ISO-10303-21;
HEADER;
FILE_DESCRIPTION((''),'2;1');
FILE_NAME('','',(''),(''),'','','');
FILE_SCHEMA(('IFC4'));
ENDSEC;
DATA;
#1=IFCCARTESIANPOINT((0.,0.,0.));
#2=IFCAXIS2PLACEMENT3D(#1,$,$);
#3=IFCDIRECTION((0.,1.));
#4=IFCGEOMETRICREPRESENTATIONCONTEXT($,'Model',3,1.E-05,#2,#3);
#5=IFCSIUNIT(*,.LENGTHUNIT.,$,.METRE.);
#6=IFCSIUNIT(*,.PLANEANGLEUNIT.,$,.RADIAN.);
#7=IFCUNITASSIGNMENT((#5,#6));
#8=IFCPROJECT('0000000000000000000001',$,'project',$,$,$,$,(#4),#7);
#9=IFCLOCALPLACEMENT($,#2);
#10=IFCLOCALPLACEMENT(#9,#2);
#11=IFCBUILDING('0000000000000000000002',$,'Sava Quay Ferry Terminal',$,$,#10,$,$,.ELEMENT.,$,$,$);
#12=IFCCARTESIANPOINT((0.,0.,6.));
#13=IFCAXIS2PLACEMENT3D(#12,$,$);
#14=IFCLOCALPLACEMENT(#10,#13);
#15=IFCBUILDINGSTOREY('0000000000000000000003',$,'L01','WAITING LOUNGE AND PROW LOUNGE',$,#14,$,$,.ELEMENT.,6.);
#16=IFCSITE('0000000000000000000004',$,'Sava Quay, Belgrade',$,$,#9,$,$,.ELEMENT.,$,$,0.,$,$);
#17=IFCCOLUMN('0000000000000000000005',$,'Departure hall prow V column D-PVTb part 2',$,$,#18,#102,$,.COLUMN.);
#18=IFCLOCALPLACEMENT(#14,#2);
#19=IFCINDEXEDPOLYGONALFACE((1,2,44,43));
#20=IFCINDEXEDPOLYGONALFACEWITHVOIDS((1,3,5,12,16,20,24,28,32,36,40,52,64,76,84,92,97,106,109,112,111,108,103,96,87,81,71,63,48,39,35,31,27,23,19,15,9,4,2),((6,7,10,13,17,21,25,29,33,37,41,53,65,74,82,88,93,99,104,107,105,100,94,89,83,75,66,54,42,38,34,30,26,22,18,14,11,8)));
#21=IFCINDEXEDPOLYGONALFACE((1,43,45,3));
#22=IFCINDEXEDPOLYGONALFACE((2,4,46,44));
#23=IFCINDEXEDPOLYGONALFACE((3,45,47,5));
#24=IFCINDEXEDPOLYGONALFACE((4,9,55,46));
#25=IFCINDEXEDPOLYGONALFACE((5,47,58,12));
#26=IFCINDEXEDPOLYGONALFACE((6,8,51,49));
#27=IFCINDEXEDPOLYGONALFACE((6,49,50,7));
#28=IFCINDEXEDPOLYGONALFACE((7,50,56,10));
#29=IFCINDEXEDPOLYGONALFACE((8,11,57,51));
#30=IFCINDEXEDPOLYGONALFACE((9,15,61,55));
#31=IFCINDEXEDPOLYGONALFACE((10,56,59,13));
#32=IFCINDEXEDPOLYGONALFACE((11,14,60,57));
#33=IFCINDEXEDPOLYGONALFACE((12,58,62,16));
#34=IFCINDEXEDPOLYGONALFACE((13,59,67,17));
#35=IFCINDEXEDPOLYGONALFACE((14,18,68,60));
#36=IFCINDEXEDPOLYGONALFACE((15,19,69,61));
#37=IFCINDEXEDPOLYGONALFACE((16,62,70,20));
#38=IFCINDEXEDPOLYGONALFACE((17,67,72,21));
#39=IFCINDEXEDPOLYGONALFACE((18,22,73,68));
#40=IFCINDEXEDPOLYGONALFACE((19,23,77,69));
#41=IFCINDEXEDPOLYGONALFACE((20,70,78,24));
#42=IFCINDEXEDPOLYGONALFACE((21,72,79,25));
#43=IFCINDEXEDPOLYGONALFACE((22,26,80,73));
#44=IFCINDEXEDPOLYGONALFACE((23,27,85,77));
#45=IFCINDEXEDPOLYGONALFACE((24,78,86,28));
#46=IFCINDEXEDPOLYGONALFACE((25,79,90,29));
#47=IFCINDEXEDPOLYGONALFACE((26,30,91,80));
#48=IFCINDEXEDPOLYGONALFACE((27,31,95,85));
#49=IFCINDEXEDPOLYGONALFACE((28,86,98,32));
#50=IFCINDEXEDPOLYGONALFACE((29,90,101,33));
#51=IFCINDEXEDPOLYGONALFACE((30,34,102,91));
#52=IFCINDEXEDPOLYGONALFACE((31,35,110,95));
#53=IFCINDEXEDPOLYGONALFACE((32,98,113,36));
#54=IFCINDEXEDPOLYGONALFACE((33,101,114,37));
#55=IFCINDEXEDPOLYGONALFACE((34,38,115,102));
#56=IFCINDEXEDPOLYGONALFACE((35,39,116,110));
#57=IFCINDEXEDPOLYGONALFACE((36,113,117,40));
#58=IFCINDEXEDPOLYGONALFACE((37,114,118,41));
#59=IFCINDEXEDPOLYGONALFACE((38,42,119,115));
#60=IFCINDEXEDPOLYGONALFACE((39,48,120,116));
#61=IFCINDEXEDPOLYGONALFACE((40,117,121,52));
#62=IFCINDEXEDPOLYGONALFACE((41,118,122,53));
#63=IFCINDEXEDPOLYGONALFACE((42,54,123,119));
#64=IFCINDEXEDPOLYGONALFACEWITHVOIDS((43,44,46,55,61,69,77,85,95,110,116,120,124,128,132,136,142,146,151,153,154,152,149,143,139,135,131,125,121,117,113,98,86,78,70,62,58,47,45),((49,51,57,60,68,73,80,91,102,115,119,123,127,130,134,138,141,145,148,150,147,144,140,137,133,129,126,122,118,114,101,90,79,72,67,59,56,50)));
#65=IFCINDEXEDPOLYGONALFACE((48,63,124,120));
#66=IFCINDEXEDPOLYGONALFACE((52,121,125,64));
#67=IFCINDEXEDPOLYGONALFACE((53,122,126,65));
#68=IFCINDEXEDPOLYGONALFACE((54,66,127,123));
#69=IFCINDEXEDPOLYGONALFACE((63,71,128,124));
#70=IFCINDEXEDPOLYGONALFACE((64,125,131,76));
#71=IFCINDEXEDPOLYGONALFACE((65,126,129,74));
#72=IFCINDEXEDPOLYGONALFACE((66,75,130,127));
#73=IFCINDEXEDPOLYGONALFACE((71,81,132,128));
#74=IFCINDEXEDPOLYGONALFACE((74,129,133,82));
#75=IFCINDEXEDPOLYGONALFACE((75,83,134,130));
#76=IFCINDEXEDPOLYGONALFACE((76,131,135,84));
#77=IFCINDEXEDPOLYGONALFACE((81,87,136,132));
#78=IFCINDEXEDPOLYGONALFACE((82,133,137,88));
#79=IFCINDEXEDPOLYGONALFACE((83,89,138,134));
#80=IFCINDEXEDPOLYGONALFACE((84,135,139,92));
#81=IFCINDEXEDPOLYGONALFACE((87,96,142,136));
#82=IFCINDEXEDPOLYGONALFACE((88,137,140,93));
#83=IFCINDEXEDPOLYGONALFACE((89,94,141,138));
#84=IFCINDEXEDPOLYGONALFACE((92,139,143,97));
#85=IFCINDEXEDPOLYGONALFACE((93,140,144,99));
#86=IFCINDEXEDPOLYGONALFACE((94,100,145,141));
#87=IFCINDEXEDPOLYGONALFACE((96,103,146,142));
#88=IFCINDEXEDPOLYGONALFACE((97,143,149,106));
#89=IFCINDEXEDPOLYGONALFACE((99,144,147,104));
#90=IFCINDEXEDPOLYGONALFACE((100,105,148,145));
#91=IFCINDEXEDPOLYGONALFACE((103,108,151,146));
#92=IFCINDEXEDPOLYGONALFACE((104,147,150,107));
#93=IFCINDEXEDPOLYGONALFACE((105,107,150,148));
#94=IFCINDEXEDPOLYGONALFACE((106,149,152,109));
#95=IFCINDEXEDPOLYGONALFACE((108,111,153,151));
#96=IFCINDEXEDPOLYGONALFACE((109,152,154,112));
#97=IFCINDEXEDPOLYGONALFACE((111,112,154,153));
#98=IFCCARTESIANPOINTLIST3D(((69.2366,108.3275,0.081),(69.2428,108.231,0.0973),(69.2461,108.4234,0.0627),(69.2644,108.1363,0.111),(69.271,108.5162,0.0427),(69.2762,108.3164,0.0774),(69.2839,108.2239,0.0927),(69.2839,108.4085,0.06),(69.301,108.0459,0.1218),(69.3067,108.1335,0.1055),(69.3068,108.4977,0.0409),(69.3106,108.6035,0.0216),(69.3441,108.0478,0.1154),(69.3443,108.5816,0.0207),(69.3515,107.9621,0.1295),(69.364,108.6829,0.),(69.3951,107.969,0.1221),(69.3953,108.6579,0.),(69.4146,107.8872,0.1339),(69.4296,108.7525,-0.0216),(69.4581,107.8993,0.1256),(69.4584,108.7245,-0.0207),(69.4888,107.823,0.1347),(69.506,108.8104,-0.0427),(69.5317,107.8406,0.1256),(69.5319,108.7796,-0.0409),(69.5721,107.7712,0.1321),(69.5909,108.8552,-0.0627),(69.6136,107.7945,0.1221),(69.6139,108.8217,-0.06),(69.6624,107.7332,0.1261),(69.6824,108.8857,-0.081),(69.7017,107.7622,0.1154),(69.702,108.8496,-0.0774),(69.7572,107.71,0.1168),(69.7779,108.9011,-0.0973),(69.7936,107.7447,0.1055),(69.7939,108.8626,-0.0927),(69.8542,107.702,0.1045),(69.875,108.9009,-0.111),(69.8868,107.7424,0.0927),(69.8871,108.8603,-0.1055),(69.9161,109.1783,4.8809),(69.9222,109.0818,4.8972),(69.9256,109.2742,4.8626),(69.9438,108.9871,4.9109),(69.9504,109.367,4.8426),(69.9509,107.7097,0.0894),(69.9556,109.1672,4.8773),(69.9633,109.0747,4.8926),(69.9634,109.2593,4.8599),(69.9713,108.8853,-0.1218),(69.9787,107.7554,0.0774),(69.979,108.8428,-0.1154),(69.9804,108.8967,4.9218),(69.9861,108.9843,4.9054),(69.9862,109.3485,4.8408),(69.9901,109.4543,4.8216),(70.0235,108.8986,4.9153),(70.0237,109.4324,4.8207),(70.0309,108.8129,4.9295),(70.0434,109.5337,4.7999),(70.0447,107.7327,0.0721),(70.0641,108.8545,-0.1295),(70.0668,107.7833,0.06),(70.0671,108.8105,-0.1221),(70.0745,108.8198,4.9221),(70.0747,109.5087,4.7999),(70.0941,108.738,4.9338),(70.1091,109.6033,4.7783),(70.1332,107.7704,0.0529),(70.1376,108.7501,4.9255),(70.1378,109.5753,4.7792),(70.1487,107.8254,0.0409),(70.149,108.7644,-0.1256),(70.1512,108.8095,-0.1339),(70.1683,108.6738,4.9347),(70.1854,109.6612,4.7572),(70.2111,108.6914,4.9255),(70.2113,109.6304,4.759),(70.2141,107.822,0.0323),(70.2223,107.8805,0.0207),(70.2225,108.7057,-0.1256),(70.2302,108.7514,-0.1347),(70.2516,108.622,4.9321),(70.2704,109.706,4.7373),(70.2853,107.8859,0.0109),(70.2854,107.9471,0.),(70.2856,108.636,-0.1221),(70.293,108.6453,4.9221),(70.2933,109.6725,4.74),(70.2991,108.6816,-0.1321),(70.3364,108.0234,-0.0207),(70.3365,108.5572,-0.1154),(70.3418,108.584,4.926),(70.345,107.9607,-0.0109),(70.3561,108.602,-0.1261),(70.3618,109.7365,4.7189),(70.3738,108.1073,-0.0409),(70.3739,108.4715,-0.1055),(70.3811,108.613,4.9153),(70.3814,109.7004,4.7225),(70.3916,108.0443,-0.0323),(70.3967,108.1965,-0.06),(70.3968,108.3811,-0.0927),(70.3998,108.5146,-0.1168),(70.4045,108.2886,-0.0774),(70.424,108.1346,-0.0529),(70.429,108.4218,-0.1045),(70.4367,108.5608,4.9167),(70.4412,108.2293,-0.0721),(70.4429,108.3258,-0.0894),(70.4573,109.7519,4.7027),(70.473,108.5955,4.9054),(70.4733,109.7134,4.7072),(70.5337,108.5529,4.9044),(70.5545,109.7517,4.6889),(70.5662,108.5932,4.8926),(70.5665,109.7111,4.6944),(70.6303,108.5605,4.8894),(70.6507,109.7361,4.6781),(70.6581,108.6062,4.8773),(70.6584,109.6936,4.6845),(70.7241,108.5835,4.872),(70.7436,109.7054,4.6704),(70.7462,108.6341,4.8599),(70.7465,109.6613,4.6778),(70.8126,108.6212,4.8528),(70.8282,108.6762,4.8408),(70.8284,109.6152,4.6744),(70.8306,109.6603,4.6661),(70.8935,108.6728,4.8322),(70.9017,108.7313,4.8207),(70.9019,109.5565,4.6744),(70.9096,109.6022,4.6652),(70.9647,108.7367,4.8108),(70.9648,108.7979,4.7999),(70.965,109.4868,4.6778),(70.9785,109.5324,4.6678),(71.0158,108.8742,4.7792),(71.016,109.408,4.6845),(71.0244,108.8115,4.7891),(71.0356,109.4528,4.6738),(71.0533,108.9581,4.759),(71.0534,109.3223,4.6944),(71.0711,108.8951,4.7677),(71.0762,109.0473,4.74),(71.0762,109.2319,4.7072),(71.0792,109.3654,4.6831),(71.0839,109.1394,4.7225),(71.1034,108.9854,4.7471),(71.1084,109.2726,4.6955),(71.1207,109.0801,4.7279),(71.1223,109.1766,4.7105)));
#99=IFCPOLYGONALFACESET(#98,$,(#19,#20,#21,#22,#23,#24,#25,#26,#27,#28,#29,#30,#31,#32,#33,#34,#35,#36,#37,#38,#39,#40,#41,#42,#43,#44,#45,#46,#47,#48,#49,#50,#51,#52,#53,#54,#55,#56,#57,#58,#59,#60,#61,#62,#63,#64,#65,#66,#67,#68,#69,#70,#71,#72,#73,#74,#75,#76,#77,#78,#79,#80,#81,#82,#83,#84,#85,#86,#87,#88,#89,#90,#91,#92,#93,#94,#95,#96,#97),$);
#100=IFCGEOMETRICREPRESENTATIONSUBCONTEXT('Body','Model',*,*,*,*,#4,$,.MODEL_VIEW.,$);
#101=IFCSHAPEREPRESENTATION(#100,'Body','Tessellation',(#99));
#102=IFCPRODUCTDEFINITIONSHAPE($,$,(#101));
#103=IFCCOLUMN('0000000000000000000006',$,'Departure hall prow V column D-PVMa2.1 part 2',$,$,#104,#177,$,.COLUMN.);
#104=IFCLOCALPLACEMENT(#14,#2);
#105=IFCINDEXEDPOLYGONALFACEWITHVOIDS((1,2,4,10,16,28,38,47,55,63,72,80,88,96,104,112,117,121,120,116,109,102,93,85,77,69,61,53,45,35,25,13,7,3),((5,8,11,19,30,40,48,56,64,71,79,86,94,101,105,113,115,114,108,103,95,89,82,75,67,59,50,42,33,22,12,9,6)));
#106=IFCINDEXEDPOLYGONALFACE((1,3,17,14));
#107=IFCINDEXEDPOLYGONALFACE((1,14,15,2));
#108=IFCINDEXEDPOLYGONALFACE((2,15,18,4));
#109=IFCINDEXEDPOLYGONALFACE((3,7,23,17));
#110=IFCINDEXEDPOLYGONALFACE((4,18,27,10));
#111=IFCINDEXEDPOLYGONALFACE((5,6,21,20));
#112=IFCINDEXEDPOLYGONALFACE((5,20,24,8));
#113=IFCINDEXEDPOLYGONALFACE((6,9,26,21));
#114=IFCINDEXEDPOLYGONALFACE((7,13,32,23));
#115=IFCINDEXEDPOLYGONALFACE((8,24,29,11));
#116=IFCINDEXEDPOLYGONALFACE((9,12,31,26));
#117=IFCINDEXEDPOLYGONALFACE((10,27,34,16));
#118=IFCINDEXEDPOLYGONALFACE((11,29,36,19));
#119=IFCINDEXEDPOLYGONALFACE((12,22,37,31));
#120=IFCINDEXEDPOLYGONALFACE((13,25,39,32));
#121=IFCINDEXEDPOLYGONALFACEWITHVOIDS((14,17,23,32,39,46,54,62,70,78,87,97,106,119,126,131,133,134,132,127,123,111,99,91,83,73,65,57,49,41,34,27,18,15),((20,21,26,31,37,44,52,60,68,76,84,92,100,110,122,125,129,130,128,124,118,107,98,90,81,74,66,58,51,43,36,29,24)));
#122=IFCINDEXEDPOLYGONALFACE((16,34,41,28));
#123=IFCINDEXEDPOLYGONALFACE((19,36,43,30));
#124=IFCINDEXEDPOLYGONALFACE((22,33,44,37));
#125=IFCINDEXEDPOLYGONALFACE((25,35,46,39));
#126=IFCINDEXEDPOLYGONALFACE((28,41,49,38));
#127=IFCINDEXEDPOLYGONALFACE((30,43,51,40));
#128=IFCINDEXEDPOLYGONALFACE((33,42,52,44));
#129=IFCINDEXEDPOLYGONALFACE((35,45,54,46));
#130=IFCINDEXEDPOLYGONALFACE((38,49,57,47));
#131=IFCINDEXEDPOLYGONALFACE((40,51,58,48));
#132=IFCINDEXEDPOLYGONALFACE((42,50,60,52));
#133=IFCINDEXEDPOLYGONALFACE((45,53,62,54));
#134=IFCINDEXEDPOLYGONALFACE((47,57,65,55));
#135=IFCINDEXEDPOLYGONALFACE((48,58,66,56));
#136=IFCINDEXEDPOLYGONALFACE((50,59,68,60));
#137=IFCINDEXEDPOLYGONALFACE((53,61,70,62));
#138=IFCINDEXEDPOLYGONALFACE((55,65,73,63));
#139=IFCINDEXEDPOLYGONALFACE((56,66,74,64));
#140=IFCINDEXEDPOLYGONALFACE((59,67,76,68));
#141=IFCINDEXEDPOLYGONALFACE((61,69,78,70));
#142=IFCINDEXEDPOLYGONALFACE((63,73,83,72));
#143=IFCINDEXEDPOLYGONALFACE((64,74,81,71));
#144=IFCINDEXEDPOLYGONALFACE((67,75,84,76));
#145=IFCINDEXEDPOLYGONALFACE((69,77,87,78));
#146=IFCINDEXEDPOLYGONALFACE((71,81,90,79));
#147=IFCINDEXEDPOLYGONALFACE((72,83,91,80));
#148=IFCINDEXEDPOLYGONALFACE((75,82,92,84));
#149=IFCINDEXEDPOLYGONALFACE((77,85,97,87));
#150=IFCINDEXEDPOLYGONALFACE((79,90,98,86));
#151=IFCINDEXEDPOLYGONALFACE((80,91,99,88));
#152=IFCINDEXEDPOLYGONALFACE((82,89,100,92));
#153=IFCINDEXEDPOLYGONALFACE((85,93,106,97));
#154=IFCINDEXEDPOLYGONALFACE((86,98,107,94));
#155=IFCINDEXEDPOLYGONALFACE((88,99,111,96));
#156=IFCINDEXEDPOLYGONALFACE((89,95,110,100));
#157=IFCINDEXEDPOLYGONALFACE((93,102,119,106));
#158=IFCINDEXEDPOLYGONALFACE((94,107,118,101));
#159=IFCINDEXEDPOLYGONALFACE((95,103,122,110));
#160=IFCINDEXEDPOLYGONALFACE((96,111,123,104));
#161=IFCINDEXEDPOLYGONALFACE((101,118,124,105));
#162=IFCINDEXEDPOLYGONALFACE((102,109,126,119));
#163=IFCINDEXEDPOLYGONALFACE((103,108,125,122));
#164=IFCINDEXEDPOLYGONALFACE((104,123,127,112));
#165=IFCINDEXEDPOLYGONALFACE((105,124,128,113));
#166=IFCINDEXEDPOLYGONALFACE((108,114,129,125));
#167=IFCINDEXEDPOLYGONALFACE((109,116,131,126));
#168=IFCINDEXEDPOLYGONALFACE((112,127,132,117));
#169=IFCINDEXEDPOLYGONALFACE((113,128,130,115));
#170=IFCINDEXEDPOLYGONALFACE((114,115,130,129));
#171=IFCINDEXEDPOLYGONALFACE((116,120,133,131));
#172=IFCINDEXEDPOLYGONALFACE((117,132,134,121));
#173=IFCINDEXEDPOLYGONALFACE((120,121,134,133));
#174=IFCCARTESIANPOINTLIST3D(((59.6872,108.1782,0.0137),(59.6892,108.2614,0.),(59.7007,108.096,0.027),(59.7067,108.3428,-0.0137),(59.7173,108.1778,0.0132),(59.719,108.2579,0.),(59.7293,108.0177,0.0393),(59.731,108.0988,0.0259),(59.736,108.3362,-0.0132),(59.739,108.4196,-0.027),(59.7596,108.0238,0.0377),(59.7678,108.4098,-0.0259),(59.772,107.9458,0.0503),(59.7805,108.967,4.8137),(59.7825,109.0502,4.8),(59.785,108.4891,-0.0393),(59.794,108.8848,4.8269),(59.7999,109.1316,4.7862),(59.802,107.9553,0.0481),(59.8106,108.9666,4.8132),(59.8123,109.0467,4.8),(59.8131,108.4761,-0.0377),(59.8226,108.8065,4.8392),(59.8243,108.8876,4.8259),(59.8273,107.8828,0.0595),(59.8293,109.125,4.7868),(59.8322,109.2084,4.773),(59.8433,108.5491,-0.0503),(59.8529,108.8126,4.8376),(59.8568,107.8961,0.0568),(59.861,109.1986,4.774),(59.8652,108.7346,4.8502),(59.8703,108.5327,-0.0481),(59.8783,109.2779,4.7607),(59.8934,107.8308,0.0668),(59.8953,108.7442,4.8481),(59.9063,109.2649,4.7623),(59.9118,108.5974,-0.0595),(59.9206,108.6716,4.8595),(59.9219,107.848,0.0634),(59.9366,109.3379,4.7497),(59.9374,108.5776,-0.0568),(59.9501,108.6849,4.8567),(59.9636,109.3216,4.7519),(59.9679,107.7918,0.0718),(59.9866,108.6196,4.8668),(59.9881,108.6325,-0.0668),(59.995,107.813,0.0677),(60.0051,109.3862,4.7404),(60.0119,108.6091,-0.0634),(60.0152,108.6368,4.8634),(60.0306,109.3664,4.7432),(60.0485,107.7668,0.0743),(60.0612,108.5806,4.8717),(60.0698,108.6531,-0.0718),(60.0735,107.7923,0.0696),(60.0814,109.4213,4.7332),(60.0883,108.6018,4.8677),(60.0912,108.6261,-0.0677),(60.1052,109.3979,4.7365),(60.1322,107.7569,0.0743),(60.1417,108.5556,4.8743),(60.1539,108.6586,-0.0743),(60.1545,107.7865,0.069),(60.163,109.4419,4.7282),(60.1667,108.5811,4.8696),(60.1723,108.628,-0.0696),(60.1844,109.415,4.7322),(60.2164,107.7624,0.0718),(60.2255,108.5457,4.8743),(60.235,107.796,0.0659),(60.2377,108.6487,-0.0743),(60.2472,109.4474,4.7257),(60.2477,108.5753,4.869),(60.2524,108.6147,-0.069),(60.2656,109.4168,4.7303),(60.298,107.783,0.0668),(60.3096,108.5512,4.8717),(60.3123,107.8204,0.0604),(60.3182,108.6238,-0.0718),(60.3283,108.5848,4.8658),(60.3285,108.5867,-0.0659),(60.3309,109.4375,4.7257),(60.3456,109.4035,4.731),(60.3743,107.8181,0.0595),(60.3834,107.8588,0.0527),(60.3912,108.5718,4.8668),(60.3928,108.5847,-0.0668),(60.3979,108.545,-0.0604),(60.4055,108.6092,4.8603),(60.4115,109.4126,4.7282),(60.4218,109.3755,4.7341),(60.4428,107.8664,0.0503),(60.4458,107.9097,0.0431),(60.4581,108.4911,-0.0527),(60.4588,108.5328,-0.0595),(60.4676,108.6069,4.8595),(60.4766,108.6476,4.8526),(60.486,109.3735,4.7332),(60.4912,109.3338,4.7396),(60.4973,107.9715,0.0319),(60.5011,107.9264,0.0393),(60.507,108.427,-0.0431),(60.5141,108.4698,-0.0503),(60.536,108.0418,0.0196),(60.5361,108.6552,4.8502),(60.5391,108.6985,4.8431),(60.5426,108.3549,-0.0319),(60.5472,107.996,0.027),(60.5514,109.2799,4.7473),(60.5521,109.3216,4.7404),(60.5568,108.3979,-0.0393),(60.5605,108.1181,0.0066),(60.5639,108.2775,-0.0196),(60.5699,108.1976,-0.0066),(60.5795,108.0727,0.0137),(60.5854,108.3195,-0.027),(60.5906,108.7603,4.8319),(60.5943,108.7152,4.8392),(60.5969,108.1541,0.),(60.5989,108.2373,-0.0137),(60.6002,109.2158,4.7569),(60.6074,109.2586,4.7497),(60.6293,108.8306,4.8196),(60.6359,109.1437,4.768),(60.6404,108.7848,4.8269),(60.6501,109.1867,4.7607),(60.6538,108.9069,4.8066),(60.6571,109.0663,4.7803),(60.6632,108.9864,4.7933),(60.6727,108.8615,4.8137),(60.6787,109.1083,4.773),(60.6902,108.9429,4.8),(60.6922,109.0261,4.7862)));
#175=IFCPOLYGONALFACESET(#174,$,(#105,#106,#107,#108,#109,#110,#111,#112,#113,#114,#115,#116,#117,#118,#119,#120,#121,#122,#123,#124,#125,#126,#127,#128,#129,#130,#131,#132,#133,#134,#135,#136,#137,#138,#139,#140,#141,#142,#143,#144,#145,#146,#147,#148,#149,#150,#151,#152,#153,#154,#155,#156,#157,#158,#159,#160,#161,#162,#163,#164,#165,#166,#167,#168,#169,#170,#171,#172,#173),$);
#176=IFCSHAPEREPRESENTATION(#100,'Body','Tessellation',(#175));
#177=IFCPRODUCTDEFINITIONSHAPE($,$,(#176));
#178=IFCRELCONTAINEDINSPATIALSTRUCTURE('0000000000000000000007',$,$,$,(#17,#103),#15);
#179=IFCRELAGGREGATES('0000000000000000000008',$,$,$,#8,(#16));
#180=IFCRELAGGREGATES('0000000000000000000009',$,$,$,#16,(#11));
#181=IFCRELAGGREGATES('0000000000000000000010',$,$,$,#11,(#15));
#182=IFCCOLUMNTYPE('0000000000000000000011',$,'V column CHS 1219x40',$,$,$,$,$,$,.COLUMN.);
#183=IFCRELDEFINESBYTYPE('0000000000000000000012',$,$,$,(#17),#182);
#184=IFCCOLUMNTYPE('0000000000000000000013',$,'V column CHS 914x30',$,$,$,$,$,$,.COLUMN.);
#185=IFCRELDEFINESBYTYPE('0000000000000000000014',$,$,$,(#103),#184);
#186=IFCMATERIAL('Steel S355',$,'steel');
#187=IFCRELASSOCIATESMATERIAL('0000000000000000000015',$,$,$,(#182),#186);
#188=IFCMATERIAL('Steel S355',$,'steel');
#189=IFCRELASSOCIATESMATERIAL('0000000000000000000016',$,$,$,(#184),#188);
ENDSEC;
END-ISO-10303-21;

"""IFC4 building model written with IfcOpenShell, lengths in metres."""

from ifc_helpers import new_model, si_unit, direction, frame, origin, origin_2d, place, context, subcontext, project, spatial, hollow_circle, extrude, material, material_profile, profile_set, type_object, element, save


model = new_model("IFC4")

# Units and contexts
model_context = context("Model", 3, precision=1e-05, world=origin(), true_north=direction((0.0, 1.0)))
body_context = subcontext(model_context, "Body", "Model", "MODEL_VIEW")
ifc_project = project(units=[si_unit("LENGTHUNIT", "METRE"), si_unit("PLANEANGLEUNIT", "RADIAN")], contexts=[model_context])

# Site, building, storey
site_placement = place(None, origin())
site = spatial("IfcSite", under=ifc_project, at=site_placement, Name="Sava Quay, Belgrade", CompositionType="ELEMENT", RefElevation=0.0)
building_placement = place(site_placement, origin())
building = spatial("IfcBuilding", under=site, at=building_placement, Name="Sava Quay Ferry Terminal", CompositionType="ELEMENT")
storey_placement = place(building_placement, frame((0.0, 0.0, 6.0)))
storey = spatial("IfcBuildingStorey", under=building, at=storey_placement, Name="L01", Description="WAITING LOUNGE AND PROW LOUNGE", CompositionType="ELEMENT", Elevation=6.0)

# Columns
ifc_material_1 = material(Name="Steel S355", Category="steel")
ifc_material_profile_1 = material_profile(ifc_material_1, hollow_circle(Radius=0.6096, WallThickness=0.04, at=origin_2d()), Name="CHS 1219 x 40.0")
ifc_profile_set_1 = profile_set([ifc_material_profile_1], Name="Steel S355")
column_type_1 = type_object("IfcColumnType", Name="V column CHS 1219x40", PredefinedType="COLUMN", material=ifc_profile_set_1)
column_placement = place(storey_placement, frame((69.8403, 108.3025, 0.0), z_axis=(0.138042, 0.172863, 0.975224), x_axis=(-0.781415, 0.624011, 0.0)))
element("IfcColumn", 1, at=column_placement, inside=storey, type_object=column_type_1, Name="Departure hall prow V column D-PVTb part 2", PredefinedType="COLUMN", context=body_context, shape_type="SweptSolid", body=[
    extrude(hollow_circle(Radius=0.6096, WallThickness=0.04, at=origin_2d()), origin(), (0.0, 0.0, 1.0), 4.9219),
])
ifc_material_2 = material(Name="Steel S355", Category="steel")
ifc_material_profile_2 = material_profile(ifc_material_2, hollow_circle(Radius=0.457, WallThickness=0.03, at=origin_2d()), Name="CHS 914 x 30.0")
ifc_profile_set_2 = profile_set([ifc_material_profile_2], Name="Steel S355")
column_type_2 = type_object("IfcColumnType", Name="V column CHS 914x30", PredefinedType="COLUMN", material=ifc_profile_set_2)
for number, where, z_axis, x_axis, name in (
    (2, (60.1431, 108.2078, 0.0), (0.019169, 0.162131, 0.986583), (-0.993083, 0.117412, 0.0), "Departure hall prow V column D-PVMa2.1 part 2"),
):
    element("IfcColumn", number, at=place(storey_placement, frame(where, z_axis=z_axis, x_axis=x_axis)), inside=storey, type_object=column_type_2, Name=name, PredefinedType="COLUMN", context=body_context, shape_type="SweptSolid", body=[
        extrude(hollow_circle(Radius=0.457, WallThickness=0.03, at=origin_2d()), origin(), (0.0, 0.0, 1.0), 4.8652),
    ])

save(model, "model.ifc")
